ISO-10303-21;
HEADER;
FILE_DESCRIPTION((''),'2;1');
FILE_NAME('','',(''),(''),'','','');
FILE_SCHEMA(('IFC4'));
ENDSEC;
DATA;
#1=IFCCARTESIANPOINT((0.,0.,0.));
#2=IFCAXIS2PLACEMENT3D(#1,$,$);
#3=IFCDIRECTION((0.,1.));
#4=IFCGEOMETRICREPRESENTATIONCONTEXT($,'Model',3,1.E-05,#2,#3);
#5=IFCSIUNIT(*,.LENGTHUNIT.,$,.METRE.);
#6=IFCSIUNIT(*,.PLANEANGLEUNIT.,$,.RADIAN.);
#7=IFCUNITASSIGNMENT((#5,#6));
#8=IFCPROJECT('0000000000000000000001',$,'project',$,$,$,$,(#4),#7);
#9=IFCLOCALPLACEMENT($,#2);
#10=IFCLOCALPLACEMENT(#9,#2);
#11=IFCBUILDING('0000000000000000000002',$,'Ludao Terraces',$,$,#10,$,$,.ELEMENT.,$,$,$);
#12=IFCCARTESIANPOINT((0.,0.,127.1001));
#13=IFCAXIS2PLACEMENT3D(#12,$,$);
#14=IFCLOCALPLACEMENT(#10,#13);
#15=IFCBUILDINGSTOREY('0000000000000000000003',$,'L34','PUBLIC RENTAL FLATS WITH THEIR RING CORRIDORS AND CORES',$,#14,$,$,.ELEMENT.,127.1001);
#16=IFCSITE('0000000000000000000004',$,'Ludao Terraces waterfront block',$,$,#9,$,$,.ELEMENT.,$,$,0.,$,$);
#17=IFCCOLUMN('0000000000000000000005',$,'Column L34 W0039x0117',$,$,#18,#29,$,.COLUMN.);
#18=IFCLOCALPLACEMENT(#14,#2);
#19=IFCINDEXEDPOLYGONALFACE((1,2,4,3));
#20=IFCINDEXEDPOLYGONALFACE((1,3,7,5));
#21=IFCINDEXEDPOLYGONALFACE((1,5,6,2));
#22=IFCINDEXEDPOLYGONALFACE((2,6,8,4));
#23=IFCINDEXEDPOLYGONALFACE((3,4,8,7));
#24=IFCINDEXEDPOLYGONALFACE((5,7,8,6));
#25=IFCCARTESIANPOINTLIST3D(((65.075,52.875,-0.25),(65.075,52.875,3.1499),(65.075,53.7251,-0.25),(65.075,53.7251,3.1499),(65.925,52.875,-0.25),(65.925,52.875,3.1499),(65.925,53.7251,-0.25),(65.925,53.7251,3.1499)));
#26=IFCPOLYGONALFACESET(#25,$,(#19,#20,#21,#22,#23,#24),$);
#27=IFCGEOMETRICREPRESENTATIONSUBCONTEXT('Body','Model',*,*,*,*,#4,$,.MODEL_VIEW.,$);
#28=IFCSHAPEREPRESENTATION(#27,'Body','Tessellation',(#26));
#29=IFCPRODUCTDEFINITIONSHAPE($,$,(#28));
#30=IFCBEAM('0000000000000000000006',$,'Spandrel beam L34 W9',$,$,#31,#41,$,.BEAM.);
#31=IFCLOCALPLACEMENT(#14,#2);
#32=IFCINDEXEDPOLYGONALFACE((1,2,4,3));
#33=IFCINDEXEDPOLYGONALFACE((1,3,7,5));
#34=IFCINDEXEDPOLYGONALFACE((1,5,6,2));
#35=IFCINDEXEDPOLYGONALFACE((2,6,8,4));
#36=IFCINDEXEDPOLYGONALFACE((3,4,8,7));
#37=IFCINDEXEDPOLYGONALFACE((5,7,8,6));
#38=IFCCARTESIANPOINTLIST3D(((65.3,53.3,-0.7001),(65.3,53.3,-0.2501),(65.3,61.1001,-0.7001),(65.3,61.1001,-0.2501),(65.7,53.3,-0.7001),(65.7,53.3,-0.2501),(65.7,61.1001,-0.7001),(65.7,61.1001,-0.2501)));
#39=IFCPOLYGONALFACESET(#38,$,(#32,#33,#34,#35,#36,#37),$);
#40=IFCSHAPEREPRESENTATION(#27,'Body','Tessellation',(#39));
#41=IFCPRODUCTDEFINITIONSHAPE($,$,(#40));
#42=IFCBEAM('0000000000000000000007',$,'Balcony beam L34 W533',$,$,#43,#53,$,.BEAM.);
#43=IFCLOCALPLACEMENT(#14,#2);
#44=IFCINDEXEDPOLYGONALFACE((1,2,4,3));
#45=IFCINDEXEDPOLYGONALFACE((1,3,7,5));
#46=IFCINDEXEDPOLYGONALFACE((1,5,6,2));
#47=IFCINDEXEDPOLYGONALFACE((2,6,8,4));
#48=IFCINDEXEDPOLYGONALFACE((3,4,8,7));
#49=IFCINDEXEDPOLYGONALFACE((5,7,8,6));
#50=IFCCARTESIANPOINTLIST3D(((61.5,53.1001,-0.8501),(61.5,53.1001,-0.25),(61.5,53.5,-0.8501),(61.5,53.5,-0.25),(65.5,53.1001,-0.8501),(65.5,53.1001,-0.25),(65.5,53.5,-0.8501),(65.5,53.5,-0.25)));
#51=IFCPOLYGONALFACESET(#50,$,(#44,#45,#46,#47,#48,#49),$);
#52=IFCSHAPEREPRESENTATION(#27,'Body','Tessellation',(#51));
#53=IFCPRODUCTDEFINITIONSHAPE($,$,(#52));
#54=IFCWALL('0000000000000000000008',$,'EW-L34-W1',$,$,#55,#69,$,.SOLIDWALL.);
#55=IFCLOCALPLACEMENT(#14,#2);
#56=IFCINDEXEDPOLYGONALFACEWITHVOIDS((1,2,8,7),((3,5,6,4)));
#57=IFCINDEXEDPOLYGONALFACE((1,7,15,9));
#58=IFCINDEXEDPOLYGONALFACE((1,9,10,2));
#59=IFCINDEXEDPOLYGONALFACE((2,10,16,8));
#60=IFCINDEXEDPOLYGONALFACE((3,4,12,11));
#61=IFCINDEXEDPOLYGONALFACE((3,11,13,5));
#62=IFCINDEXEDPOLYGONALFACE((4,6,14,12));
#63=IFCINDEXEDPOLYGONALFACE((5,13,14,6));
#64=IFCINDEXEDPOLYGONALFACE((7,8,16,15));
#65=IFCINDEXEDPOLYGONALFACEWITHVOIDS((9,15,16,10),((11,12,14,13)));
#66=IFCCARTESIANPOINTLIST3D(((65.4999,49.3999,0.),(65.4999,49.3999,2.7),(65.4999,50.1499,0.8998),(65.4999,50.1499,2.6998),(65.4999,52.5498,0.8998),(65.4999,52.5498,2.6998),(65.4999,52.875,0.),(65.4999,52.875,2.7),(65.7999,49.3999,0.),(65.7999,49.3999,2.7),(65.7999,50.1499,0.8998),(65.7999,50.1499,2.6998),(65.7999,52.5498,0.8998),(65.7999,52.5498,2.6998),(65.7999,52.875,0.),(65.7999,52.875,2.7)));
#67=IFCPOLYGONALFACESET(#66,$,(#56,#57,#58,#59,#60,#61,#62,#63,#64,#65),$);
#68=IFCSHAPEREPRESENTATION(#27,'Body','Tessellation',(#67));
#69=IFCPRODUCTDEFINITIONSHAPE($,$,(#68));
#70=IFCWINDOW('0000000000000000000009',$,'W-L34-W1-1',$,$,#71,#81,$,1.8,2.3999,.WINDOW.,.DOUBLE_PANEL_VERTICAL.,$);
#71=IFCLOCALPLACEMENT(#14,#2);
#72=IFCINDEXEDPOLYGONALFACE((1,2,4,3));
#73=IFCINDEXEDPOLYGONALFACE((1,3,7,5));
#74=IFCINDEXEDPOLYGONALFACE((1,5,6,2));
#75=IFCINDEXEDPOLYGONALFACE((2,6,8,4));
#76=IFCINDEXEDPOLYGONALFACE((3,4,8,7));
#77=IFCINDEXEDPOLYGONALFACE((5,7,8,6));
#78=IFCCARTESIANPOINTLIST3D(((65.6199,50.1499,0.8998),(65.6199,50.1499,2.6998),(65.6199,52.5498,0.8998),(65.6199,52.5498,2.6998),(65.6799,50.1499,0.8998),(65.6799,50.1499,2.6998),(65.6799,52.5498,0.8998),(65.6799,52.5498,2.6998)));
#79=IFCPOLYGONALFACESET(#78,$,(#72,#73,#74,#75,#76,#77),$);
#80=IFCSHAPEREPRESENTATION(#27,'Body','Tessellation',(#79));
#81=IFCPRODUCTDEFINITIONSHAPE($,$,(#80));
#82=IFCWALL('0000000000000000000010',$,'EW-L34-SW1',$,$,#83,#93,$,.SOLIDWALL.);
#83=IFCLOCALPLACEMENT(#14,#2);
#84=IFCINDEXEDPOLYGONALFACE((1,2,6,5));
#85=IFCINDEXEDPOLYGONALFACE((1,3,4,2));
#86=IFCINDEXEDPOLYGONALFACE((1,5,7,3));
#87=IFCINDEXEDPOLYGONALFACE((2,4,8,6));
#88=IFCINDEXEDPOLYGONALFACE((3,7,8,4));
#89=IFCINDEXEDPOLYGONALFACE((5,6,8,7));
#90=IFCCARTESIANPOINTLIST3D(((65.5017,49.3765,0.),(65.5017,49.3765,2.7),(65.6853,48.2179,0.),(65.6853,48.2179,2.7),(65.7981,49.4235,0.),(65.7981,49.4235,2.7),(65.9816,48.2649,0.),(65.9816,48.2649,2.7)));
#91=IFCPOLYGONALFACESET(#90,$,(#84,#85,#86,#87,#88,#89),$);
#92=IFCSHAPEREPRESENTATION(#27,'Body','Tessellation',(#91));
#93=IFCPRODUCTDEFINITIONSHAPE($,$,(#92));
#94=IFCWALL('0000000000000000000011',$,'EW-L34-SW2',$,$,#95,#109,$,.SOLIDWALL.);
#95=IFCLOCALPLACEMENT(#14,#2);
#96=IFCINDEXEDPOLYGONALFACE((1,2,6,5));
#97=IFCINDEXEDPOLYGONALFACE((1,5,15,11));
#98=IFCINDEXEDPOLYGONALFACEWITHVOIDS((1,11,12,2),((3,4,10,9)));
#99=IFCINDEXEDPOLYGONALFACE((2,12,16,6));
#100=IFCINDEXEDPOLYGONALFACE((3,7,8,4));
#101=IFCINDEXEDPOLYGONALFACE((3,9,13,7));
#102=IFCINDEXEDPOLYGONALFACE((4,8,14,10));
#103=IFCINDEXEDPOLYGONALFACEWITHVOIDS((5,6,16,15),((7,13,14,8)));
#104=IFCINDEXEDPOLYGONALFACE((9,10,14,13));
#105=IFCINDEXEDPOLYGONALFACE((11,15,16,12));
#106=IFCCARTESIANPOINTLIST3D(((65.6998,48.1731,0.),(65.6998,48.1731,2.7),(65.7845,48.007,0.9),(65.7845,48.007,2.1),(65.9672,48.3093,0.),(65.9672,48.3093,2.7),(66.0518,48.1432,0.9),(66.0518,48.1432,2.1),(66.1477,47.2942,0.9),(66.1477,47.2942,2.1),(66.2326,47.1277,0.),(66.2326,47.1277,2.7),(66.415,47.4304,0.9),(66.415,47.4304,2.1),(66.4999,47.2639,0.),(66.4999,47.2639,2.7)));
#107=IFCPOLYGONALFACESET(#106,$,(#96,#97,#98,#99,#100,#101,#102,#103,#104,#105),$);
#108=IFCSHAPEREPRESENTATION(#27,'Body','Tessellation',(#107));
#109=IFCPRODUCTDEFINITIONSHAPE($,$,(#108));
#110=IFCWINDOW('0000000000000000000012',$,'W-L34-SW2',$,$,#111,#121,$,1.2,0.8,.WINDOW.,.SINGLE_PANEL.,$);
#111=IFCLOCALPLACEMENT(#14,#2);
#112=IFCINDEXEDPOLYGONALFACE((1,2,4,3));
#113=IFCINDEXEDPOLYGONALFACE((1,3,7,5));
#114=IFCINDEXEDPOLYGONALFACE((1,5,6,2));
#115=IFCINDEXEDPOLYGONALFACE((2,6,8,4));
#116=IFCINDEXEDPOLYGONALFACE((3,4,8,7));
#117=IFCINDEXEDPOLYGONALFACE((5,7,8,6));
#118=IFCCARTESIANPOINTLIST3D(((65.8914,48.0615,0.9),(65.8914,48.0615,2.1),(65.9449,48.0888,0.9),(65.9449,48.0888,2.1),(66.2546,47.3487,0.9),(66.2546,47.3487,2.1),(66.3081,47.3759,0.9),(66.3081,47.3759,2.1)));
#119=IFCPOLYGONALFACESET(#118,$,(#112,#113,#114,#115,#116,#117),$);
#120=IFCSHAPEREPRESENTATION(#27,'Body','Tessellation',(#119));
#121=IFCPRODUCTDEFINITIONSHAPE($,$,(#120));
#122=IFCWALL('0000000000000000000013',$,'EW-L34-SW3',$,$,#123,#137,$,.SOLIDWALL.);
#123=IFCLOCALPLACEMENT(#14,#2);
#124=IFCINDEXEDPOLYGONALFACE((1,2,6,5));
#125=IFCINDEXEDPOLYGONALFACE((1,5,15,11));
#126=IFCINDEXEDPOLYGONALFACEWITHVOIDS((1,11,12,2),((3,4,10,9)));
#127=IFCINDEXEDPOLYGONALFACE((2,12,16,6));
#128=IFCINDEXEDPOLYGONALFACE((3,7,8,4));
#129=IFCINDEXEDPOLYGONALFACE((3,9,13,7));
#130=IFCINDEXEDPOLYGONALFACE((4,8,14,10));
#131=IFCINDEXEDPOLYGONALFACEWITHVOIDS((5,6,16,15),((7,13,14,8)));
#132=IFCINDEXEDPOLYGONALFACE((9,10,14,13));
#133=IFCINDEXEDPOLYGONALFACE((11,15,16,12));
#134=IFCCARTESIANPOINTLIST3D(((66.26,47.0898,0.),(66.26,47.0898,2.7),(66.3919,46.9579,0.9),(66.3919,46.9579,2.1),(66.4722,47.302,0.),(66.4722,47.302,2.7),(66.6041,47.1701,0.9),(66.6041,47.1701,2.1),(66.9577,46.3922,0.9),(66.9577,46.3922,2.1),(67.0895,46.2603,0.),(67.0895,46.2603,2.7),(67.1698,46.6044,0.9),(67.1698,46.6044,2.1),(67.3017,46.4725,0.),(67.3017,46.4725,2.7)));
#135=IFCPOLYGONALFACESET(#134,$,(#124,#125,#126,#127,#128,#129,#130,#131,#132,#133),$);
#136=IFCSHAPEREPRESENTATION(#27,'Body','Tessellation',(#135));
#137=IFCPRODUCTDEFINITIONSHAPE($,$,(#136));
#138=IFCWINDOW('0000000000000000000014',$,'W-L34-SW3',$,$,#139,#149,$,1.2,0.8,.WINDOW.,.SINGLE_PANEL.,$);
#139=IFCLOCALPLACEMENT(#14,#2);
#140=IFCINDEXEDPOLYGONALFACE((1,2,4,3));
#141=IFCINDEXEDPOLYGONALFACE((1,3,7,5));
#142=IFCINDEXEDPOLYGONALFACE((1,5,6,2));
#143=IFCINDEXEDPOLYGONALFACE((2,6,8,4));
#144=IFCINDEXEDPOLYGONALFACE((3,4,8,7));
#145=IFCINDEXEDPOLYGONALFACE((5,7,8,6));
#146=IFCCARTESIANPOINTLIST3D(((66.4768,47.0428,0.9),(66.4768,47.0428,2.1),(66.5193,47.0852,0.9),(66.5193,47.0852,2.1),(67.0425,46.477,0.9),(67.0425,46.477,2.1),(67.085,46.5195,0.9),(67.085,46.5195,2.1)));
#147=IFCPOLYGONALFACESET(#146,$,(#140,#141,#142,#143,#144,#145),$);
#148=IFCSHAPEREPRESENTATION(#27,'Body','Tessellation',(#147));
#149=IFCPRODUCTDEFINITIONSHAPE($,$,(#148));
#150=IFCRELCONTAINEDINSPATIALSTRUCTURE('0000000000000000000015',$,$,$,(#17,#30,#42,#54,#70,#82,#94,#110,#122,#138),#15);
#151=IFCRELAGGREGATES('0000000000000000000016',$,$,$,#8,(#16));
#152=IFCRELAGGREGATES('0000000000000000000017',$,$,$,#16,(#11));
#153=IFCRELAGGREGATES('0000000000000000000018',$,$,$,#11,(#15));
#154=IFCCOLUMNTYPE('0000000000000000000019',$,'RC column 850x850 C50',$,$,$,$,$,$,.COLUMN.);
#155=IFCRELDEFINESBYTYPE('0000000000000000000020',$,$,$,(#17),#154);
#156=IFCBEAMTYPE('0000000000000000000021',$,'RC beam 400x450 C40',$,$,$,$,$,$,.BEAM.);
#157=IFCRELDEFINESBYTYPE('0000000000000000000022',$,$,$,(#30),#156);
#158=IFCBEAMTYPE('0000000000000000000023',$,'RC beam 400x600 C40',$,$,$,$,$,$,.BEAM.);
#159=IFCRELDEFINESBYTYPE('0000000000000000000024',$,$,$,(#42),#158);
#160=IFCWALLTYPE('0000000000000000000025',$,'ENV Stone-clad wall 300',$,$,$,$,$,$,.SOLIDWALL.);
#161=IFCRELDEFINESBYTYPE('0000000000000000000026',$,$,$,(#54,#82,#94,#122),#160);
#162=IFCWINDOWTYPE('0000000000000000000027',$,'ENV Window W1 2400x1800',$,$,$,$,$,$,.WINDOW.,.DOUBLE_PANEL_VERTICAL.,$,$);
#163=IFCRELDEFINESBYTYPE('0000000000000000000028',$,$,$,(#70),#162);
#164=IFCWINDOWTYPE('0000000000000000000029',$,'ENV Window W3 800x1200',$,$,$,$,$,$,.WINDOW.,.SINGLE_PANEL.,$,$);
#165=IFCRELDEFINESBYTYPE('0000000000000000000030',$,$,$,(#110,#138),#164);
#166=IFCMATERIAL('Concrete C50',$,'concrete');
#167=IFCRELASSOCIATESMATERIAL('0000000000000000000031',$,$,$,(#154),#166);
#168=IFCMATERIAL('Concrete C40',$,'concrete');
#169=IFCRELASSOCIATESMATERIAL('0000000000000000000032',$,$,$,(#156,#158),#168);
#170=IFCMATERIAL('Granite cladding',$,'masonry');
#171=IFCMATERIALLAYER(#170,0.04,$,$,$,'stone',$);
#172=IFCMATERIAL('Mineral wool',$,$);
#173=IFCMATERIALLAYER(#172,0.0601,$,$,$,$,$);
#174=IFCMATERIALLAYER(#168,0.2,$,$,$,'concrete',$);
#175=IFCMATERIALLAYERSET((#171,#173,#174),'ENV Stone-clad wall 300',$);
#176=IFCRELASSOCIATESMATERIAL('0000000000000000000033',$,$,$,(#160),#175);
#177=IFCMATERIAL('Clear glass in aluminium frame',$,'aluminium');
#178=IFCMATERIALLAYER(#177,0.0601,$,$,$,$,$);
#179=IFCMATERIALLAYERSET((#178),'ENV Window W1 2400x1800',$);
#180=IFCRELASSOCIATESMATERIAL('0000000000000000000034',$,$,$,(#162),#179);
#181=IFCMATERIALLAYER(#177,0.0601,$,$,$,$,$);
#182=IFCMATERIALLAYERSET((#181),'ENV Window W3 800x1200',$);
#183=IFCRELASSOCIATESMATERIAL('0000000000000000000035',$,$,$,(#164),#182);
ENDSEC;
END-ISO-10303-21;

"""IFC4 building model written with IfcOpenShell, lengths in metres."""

from ifc_helpers import new_model, si_unit, direction, frame, frame_2d, origin, origin_2d, place, context, subcontext, project, spatial, rectangle, extrude, material, layer, layer_set, material_profile, profile_set, type_object, element, fill, save


model = new_model("IFC4")

# Units and contexts
model_context = context("Model", 3, precision=1e-05, world=origin(), true_north=direction((0.0, 1.0)))
body_context = subcontext(model_context, "Body", "Model", "MODEL_VIEW")
ifc_project = project(units=[si_unit("LENGTHUNIT", "METRE"), si_unit("PLANEANGLEUNIT", "RADIAN")], contexts=[model_context])

# Site, building, storey
site_placement = place(None, origin())
site = spatial("IfcSite", under=ifc_project, at=site_placement, Name="Ludao Terraces waterfront block", CompositionType="ELEMENT", RefElevation=0.0)
building_placement = place(site_placement, origin())
building = spatial("IfcBuilding", under=site, at=building_placement, Name="Ludao Terraces", CompositionType="ELEMENT")
storey_placement = place(building_placement, frame((0.0, 0.0, 127.1001)))
storey = spatial("IfcBuildingStorey", under=building, at=storey_placement, Name="L34", Description="PUBLIC RENTAL FLATS WITH THEIR RING CORRIDORS AND CORES", CompositionType="ELEMENT", Elevation=127.1001)

# Column
ifc_material_1 = material(Name="Concrete C50", Category="concrete")
ifc_material_profile_1 = material_profile(ifc_material_1, rectangle(XDim=0.8501, YDim=0.8501, at=origin_2d()), Name="850 X 850")
ifc_profile_set_1 = profile_set([ifc_material_profile_1], Name="Concrete C50")
column_type = type_object("IfcColumnType", Name="RC column 850x850 C50", PredefinedType="COLUMN", material=ifc_profile_set_1)
column_placement = place(storey_placement, frame((65.5, 53.3, -0.25), z_axis=(0.0, 0.0, 1.0), x_axis=(1.0, 0.0, 0.0)))
element("IfcColumn", 1, at=column_placement, inside=storey, type_object=column_type, Name="Column L34 W0039x0117", PredefinedType="COLUMN", context=body_context, shape_type="SweptSolid", body=[
    extrude(rectangle(XDim=0.8501, YDim=0.8501, at=origin_2d()), origin(), (0.0, 0.0, 1.0), 3.3999),
])

# Beams
ifc_material_2 = material(Name="Concrete C40", Category="concrete")
ifc_material_profile_2 = material_profile(ifc_material_2, rectangle(XDim=0.3999, YDim=0.45, at=origin_2d()), Name="400 X 450")
ifc_profile_set_2 = profile_set([ifc_material_profile_2], Name="Concrete C40")
beam_type_1 = type_object("IfcBeamType", Name="RC beam 400x450 C40", PredefinedType="BEAM", material=ifc_profile_set_2)
beam_1_placement = place(storey_placement, frame((65.5, 53.3, -0.4751), z_axis=(0.0, 1.0, 0.0), x_axis=(-1.0, 0.0, 0.0)))
element("IfcBeam", 2, at=beam_1_placement, inside=storey, type_object=beam_type_1, Name="Spandrel beam L34 W9", PredefinedType="BEAM", context=body_context, shape_type="SweptSolid", body=[
    extrude(rectangle(XDim=0.3999, YDim=0.45, at=origin_2d()), origin(), (0.0, 0.0, 1.0), 7.8),
])
ifc_material_profile_3 = material_profile(ifc_material_2, rectangle(XDim=0.3999, YDim=0.6001, at=origin_2d()), Name="400 X 600")
ifc_profile_set_3 = profile_set([ifc_material_profile_3], Name="Concrete C40")
beam_type_2 = type_object("IfcBeamType", Name="RC beam 400x600 C40", PredefinedType="BEAM", material=ifc_profile_set_3)
beam_2_placement = place(storey_placement, frame((65.5, 53.3, -0.55), z_axis=(-1.0, 0.0, 0.0), x_axis=(0.0, -1.0, 0.0)))
element("IfcBeam", 3, at=beam_2_placement, inside=storey, type_object=beam_type_2, Name="Balcony beam L34 W533", PredefinedType="BEAM", context=body_context, shape_type="SweptSolid", body=[
    extrude(rectangle(XDim=0.3999, YDim=0.6001, at=origin_2d()), origin(), (0.0, 0.0, 1.0), 4.0),
])

# Wall, opening, window
ifc_material_3 = material(Name="Granite cladding", Category="masonry")
ifc_layer_1 = layer(ifc_material_3, 0.04, Category="stone")
ifc_material_4 = material(Name="Mineral wool")
ifc_layer_2 = layer(ifc_material_4, 0.0601)
ifc_layer_3 = layer(ifc_material_2, 0.2, Category="concrete")
ifc_layer_set_1 = layer_set([ifc_layer_1, ifc_layer_2, ifc_layer_3], Name="ENV Stone-clad wall 300")
wall_type_1 = type_object("IfcWallType", Name="ENV Stone-clad wall 300", PredefinedType="SOLIDWALL", material=ifc_layer_set_1)
wall_1_placement = place(storey_placement, frame((65.6499, 49.3999, 0.0), z_axis=(0.0, 0.0, 1.0), x_axis=(0.0, 1.0, 0.0)))
wall_1 = element("IfcWall", 4, at=wall_1_placement, inside=storey, type_object=wall_type_1, Name="EW-L34-W1", PredefinedType="SOLIDWALL", context=body_context, shape_type="SweptSolid", body=[
    extrude(rectangle(XDim=3.4751, YDim=0.3, at=frame_2d((1.7375, 0.0))), origin(), (0.0, 0.0, 1.0), 2.7),
])
opening_1_placement = place(wall_1_placement, frame((0.75, 0.0, 0.8999)))
opening_1 = element("IfcOpeningElement", 5, at=opening_1_placement, cuts=wall_1, PredefinedType="OPENING", context=body_context, shape_type="SweptSolid", body=[
    extrude(rectangle(XDim=2.3999, YDim=1.8, at=frame_2d((1.2, 0.8999))), frame((0.0, 0.1602, 0.0), z_axis=(0.0, -1.0, 0.0), x_axis=(1.0, 0.0, 0.0)), (0.0, 0.0, 1.0), 0.3201),
])
ifc_material_5 = material(Name="Clear glass in aluminium frame", Category="aluminium")
ifc_layer_4 = layer(ifc_material_5, 0.0601)
ifc_layer_set_2 = layer_set([ifc_layer_4], Name="ENV Window W1 2400x1800")
window_type_1 = type_object("IfcWindowType", Name="ENV Window W1 2400x1800", PartitioningType="DOUBLE_PANEL_VERTICAL", PredefinedType="WINDOW", material=ifc_layer_set_2)
window_1_placement = place(opening_1_placement, origin())
window_1 = element("IfcWindow", 6, at=window_1_placement, inside=storey, type_object=window_type_1, Name="W-L34-W1-1", OverallHeight=1.8, OverallWidth=2.3999, PartitioningType="DOUBLE_PANEL_VERTICAL", PredefinedType="WINDOW", context=body_context, shape_type="SweptSolid", body=[
    extrude(rectangle(XDim=2.3999, YDim=1.8, at=frame_2d((1.2, 0.8999))), frame((0.0, 0.03, 0.0), z_axis=(0.0, -1.0, 0.0), x_axis=(1.0, 0.0, 0.0)), (0.0, 0.0, 1.0), 0.0601),
])
fill(opening_1, window_1)

# Wall
wall_2_placement = place(storey_placement, frame((65.6499, 49.3999, 0.0), z_axis=(0.0, 0.0, 1.0), x_axis=(0.156497, -0.987678, 0.0)))
element("IfcWall", 7, at=wall_2_placement, inside=storey, type_object=wall_type_1, Name="EW-L34-SW1", PredefinedType="SOLIDWALL", context=body_context, shape_type="SweptSolid", body=[
    extrude(rectangle(XDim=1.1731, YDim=0.3, at=frame_2d((0.5864, 0.0))), origin(), (0.0, 0.0, 1.0), 2.7),
])

# Walls, openings, windows
wall_3_placement = place(storey_placement, frame((65.8335, 48.2412, 0.0), z_axis=(0.0, 0.0, 1.0), x_axis=(0.454026, -0.890989, 0.0)))
wall_3 = element("IfcWall", 8, at=wall_3_placement, inside=storey, type_object=wall_type_1, Name="EW-L34-SW2", PredefinedType="SOLIDWALL", context=body_context, shape_type="SweptSolid", body=[
    extrude(rectangle(XDim=1.1733, YDim=0.3, at=frame_2d((0.5867, 0.0))), origin(), (0.0, 0.0, 1.0), 2.7),
])
opening_2_placement = place(wall_3_placement, frame((0.1865, 0.0, 0.8999)))
opening_2 = element("IfcOpeningElement", 9, at=opening_2_placement, cuts=wall_3, PredefinedType="OPENING", context=body_context, shape_type="SweptSolid", body=[
    extrude(rectangle(XDim=0.8, YDim=1.2, at=frame_2d((0.3999, 0.6001))), frame((0.0, 0.1602, 0.0), z_axis=(0.0, -1.0, 0.0), x_axis=(1.0, 0.0, 0.0)), (0.0, 0.0, 1.0), 0.3201),
])
ifc_layer_5 = layer(ifc_material_5, 0.0601)
ifc_layer_set_3 = layer_set([ifc_layer_5], Name="ENV Window W3 800x1200")
window_type_2 = type_object("IfcWindowType", Name="ENV Window W3 800x1200", PartitioningType="SINGLE_PANEL", PredefinedType="WINDOW", material=ifc_layer_set_3)
window_2_placement = place(opening_2_placement, origin())
window_2 = element("IfcWindow", 10, at=window_2_placement, inside=storey, type_object=window_type_2, Name="W-L34-SW2", OverallHeight=1.2, OverallWidth=0.8, PartitioningType="SINGLE_PANEL", PredefinedType="WINDOW", context=body_context, shape_type="SweptSolid", body=[
    extrude(rectangle(XDim=0.8, YDim=1.2, at=frame_2d((0.3999, 0.6001))), frame((0.0, 0.03, 0.0), z_axis=(0.0, -1.0, 0.0), x_axis=(1.0, 0.0, 0.0)), (0.0, 0.0, 1.0), 0.0601),
])
fill(opening_2, window_2)
wall_4_placement = place(storey_placement, frame((66.3662, 47.1958, 0.0), z_axis=(0.0, 0.0, 1.0), x_axis=(0.707107, -0.707107, 0.0)))
wall_4 = element("IfcWall", 11, at=wall_4_placement, inside=storey, type_object=wall_type_1, Name="EW-L34-SW3", PredefinedType="SOLIDWALL", context=body_context, shape_type="SweptSolid", body=[
    extrude(rectangle(XDim=1.1731, YDim=0.3, at=frame_2d((0.5864, 0.0))), origin(), (0.0, 0.0, 1.0), 2.7),
])
opening_3_placement = place(wall_4_placement, frame((0.1865, 0.0, 0.8999)))
opening_3 = element("IfcOpeningElement", 12, at=opening_3_placement, cuts=wall_4, PredefinedType="OPENING", context=body_context, shape_type="SweptSolid", body=[
    extrude(rectangle(XDim=0.8, YDim=1.2, at=frame_2d((0.3999, 0.6001))), frame((0.0, 0.1602, 0.0), z_axis=(0.0, -1.0, 0.0), x_axis=(1.0, 0.0, 0.0)), (0.0, 0.0, 1.0), 0.3201),
])
window_3_placement = place(opening_3_placement, origin())
window_3 = element("IfcWindow", 13, at=window_3_placement, inside=storey, type_object=window_type_2, Name="W-L34-SW3", OverallHeight=1.2, OverallWidth=0.8, PartitioningType="SINGLE_PANEL", PredefinedType="WINDOW", context=body_context, shape_type="SweptSolid", body=[
    extrude(rectangle(XDim=0.8, YDim=1.2, at=frame_2d((0.3999, 0.6001))), frame((0.0, 0.03, 0.0), z_axis=(0.0, -1.0, 0.0), x_axis=(1.0, 0.0, 0.0)), (0.0, 0.0, 1.0), 0.0601),
])
fill(opening_3, window_3)

save(model, "model.ifc")
